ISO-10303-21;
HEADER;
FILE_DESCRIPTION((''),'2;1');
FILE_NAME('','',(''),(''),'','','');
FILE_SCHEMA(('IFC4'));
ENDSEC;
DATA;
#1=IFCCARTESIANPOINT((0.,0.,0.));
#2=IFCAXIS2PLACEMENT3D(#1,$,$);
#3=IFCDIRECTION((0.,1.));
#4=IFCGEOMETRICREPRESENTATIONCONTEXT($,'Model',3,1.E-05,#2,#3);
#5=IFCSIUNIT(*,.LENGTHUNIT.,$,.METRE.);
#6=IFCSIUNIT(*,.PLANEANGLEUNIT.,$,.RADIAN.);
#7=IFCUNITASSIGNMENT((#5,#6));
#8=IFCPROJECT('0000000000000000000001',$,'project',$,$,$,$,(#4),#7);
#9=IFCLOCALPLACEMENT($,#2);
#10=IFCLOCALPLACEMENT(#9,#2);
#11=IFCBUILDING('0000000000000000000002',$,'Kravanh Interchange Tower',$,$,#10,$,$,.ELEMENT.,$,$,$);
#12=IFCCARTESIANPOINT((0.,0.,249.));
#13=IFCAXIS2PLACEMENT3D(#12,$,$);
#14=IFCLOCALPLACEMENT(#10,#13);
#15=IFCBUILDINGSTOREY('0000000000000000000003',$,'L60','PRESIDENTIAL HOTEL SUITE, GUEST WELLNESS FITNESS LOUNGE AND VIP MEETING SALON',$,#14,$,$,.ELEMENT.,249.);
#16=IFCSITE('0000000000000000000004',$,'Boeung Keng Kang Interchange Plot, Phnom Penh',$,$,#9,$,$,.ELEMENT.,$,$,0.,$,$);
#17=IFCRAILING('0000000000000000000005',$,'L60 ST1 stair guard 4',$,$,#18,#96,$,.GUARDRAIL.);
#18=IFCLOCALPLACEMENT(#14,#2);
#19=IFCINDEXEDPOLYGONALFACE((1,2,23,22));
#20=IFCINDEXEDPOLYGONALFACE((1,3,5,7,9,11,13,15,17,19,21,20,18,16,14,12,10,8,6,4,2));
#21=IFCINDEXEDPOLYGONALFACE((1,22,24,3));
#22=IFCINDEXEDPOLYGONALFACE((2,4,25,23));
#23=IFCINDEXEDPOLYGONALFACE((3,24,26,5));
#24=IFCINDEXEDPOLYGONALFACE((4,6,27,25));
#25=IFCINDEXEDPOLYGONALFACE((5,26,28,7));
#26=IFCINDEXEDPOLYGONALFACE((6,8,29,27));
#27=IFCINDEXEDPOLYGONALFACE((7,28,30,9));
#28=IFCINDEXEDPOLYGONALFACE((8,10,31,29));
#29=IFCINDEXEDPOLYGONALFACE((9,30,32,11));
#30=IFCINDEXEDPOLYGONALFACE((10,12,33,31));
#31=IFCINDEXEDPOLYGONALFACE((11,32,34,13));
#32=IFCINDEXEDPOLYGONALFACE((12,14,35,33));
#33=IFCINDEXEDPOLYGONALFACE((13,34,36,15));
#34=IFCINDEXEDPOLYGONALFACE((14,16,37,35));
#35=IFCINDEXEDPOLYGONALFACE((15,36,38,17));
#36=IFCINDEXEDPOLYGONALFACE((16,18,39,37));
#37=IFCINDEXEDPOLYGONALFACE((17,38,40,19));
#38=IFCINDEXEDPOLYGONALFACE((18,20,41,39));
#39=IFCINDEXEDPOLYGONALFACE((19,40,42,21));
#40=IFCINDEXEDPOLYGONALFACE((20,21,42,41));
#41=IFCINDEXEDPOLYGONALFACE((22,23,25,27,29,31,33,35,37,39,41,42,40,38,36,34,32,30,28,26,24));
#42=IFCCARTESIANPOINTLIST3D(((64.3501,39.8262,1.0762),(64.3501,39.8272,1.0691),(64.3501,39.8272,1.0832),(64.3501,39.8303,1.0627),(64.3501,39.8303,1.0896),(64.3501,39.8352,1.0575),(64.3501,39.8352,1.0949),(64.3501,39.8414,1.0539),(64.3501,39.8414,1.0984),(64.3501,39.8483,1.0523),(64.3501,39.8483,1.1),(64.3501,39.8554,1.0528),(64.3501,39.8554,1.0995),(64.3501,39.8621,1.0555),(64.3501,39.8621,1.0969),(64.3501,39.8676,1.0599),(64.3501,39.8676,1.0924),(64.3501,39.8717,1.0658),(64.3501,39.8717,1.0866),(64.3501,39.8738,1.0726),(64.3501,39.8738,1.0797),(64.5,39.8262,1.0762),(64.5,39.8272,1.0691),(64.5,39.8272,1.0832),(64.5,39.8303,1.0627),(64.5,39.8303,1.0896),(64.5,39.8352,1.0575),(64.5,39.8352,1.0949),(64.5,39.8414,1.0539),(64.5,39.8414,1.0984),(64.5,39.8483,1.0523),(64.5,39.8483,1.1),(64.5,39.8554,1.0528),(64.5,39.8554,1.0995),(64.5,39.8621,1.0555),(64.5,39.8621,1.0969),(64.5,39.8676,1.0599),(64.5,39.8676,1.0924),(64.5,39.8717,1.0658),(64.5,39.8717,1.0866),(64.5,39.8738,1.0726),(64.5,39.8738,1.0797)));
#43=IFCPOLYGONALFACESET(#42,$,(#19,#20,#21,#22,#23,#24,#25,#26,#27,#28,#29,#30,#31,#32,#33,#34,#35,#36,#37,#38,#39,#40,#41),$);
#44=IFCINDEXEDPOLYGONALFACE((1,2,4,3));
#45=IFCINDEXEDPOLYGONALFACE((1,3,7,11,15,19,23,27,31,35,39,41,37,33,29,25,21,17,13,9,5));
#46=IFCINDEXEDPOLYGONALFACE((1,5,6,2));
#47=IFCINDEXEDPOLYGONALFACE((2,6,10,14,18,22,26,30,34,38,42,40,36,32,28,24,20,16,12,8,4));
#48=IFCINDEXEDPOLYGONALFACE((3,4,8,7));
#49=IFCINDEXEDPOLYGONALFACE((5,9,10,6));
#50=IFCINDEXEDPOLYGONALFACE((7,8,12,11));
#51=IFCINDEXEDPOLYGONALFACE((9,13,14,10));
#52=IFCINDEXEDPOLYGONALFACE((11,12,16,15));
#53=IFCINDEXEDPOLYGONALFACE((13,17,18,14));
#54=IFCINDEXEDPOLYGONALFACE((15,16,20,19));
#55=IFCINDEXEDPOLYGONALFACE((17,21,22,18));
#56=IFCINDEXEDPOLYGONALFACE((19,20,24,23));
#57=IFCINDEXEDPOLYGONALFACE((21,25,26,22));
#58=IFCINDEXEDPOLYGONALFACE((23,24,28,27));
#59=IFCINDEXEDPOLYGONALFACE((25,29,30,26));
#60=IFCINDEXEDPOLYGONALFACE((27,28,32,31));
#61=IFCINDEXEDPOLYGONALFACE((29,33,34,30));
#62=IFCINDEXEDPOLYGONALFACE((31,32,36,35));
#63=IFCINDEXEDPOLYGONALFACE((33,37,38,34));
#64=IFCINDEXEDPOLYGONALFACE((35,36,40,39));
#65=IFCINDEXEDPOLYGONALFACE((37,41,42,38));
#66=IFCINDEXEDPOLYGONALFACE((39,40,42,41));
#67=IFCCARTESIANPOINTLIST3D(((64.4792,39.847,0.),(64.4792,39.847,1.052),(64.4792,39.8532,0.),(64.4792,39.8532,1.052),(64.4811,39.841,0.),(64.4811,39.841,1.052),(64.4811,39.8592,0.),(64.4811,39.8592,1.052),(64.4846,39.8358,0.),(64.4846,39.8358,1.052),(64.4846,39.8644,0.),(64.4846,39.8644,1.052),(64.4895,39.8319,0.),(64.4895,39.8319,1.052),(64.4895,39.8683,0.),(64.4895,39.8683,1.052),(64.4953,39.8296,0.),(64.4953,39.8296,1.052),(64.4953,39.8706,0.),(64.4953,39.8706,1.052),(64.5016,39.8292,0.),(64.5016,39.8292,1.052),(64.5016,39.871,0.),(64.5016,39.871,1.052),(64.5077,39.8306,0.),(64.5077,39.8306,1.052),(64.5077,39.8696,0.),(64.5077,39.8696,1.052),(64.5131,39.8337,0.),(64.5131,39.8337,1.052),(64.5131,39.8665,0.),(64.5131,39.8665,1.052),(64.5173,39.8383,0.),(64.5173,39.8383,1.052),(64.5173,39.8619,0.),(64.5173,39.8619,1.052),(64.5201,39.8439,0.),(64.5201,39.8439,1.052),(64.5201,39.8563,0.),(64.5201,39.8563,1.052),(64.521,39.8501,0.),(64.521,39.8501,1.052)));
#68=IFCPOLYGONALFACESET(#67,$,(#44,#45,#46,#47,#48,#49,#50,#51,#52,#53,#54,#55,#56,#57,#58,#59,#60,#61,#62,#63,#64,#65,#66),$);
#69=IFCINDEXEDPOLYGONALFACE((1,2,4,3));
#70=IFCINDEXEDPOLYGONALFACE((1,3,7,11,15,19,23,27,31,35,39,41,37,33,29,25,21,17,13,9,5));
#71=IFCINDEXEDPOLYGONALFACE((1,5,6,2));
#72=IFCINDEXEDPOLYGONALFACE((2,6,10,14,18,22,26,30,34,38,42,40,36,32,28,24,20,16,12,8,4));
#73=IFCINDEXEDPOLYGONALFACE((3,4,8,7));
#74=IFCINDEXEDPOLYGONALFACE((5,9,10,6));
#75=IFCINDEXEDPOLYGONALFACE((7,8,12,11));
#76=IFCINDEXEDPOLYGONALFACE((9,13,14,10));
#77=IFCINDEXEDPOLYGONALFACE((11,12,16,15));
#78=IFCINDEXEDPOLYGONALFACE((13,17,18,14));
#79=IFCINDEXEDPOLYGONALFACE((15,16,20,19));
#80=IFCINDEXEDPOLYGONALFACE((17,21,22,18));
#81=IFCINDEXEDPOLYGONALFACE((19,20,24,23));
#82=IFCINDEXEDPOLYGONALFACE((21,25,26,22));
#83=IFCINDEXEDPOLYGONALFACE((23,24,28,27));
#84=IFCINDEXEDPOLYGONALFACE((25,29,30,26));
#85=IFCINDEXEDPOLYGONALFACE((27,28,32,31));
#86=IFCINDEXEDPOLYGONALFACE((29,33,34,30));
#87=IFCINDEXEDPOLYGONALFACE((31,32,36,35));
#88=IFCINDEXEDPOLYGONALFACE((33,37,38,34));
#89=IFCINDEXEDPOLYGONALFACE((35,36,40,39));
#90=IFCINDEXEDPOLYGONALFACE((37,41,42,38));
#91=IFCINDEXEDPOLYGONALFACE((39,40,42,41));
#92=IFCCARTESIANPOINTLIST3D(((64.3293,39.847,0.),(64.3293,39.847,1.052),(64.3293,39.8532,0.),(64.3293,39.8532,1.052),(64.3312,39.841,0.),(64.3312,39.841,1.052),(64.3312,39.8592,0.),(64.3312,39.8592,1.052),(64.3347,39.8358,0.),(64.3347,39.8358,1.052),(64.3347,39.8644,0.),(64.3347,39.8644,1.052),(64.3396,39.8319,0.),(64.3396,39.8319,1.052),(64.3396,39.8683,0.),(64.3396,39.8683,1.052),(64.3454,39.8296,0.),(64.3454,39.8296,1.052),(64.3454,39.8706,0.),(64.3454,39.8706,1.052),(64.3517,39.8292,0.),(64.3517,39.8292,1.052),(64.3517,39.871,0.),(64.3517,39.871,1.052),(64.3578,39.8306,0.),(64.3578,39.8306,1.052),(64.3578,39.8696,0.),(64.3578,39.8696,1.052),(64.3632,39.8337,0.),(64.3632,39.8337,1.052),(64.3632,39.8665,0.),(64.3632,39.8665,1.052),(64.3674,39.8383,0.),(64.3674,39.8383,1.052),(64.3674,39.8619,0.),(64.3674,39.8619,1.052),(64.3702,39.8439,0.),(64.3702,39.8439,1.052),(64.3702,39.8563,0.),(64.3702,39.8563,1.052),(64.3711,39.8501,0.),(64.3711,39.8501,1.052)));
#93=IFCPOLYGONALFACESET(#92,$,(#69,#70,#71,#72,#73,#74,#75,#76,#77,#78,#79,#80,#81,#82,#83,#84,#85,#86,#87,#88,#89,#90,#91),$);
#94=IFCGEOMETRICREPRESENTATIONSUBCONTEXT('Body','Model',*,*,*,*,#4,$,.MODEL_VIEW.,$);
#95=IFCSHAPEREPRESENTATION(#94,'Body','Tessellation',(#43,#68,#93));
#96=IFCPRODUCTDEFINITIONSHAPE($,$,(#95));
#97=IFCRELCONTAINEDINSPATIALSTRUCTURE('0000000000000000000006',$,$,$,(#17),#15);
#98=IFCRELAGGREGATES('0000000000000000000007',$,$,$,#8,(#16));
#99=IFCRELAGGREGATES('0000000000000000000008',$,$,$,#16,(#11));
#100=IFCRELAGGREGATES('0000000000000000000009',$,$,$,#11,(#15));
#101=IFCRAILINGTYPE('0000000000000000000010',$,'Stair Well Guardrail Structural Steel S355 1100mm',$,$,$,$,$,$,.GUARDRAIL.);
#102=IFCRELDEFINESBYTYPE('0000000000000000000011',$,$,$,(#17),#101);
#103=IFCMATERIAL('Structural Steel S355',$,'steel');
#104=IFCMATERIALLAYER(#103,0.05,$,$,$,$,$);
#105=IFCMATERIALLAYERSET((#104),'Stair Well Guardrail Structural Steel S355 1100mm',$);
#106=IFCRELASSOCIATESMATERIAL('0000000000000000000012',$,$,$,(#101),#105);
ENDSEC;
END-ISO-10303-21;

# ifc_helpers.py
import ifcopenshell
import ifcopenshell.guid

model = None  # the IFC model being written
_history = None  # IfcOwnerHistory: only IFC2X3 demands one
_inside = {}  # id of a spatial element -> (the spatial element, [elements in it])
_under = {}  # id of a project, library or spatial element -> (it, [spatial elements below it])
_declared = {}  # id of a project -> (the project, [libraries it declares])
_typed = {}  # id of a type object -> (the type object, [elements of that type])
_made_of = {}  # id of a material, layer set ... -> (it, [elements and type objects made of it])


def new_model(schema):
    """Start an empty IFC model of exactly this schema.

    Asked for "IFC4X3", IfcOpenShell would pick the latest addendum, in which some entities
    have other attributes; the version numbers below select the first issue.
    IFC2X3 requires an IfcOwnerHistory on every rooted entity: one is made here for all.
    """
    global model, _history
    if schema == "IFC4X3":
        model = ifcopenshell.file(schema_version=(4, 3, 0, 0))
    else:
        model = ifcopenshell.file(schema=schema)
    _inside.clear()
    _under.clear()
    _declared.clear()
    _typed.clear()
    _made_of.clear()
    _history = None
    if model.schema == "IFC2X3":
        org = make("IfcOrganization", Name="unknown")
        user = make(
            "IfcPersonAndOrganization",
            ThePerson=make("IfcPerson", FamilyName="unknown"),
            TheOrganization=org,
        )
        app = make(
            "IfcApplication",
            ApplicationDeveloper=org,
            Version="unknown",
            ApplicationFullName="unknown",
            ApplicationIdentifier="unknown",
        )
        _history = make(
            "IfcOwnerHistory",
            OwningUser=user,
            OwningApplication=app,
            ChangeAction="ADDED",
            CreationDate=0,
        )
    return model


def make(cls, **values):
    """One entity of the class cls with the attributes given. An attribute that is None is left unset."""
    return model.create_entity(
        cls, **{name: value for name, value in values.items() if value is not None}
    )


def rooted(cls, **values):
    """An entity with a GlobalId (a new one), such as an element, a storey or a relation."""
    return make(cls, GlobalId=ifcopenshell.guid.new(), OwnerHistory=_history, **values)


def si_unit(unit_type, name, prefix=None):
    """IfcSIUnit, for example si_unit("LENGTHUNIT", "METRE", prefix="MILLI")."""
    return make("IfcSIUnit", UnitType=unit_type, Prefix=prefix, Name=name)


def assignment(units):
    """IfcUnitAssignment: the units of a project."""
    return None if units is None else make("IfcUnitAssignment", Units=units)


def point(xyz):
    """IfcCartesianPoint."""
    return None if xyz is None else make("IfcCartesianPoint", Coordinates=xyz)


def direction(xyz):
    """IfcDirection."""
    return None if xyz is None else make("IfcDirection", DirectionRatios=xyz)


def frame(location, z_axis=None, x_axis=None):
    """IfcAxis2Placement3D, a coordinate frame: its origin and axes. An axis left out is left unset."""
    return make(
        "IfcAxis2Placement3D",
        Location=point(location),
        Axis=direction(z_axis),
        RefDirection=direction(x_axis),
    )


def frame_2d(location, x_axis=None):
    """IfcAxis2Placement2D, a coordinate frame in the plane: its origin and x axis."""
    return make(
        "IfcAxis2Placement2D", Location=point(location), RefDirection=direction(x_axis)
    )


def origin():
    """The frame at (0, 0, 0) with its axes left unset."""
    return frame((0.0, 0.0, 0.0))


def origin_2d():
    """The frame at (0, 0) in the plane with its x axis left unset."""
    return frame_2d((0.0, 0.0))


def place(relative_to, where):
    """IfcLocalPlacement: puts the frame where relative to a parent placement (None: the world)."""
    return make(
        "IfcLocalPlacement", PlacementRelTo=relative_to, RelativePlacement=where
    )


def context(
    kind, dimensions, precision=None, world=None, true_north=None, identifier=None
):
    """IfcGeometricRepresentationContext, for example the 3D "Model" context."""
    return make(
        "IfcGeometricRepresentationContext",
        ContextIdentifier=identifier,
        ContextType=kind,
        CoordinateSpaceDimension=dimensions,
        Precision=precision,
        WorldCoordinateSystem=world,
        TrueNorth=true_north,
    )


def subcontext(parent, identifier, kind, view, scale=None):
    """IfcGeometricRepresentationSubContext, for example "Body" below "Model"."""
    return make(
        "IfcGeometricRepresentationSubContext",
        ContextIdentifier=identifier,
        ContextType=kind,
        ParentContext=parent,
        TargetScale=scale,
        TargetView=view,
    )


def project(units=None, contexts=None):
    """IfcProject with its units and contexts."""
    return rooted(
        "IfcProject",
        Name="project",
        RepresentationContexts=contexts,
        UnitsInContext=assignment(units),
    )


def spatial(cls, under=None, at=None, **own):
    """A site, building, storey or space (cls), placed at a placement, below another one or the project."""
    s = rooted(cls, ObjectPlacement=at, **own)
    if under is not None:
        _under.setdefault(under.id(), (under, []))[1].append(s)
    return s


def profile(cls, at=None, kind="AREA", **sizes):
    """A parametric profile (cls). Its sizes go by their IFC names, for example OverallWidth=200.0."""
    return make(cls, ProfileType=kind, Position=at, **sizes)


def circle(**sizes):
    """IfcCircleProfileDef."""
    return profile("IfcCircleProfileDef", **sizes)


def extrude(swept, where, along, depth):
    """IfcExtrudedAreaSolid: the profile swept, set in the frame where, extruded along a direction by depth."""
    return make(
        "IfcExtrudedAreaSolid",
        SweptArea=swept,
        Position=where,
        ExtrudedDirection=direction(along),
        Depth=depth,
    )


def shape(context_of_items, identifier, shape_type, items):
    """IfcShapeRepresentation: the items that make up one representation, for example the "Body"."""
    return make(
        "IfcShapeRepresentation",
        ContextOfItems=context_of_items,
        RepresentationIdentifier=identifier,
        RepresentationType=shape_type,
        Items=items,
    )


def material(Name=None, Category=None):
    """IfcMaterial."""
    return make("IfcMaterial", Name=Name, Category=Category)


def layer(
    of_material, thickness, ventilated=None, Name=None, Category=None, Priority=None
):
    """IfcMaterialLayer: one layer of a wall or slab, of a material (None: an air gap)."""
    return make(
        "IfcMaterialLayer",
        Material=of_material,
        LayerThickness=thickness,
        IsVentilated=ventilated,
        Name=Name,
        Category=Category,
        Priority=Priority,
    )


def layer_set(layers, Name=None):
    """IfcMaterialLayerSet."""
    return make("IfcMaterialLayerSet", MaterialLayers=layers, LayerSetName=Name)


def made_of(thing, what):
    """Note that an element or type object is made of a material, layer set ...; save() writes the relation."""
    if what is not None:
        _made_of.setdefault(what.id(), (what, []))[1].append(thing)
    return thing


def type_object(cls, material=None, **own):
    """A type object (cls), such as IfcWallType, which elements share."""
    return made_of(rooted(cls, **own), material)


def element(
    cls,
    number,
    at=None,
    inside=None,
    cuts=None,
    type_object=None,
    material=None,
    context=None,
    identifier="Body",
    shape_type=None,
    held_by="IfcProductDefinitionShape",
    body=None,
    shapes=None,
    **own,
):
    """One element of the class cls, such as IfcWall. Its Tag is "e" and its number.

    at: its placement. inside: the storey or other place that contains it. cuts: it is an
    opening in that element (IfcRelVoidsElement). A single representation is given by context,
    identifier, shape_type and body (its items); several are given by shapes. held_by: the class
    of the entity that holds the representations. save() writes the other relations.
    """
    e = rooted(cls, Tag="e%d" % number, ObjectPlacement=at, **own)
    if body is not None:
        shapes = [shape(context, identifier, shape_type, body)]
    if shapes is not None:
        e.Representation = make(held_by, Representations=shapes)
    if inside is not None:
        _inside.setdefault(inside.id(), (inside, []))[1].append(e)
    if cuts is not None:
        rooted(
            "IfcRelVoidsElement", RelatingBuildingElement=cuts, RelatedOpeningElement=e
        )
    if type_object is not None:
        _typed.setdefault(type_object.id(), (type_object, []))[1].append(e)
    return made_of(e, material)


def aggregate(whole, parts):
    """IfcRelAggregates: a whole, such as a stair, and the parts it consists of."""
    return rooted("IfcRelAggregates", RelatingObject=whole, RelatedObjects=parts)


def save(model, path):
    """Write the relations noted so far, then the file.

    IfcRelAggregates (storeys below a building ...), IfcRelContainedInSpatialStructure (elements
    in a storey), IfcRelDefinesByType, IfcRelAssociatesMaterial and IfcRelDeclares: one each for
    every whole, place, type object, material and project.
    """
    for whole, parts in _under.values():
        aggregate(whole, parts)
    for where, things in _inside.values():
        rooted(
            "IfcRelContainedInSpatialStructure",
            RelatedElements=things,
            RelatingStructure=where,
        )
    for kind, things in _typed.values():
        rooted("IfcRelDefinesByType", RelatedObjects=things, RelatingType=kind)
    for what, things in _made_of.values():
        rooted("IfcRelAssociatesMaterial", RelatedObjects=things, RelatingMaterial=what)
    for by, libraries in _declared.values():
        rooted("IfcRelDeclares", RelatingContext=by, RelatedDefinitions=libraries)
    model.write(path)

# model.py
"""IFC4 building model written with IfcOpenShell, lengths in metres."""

from ifc_helpers import new_model, si_unit, direction, frame, origin, origin_2d, place, context, subcontext, project, spatial, circle, extrude, material, layer, layer_set, type_object, element, save


model = new_model("IFC4")

# Units and contexts
model_context = context("Model", 3, precision=1e-05, world=origin(), true_north=direction((0.0, 1.0)))
body_context = subcontext(model_context, "Body", "Model", "MODEL_VIEW")
ifc_project = project(units=[si_unit("LENGTHUNIT", "METRE"), si_unit("PLANEANGLEUNIT", "RADIAN")], contexts=[model_context])

# Site, building, storey
site_placement = place(None, origin())
site = spatial("IfcSite", under=ifc_project, at=site_placement, Name="Boeung Keng Kang Interchange Plot, Phnom Penh", CompositionType="ELEMENT", RefElevation=0.0)
building_placement = place(site_placement, origin())
building = spatial("IfcBuilding", under=site, at=building_placement, Name="Kravanh Interchange Tower", CompositionType="ELEMENT")
storey_placement = place(building_placement, frame((0.0, 0.0, 249.0)))
storey = spatial("IfcBuildingStorey", under=building, at=storey_placement, Name="L60", Description="PRESIDENTIAL HOTEL SUITE, GUEST WELLNESS FITNESS LOUNGE AND VIP MEETING SALON", CompositionType="ELEMENT", Elevation=249.0)

# Railing
ifc_material_1 = material(Name="Structural Steel S355", Category="steel")
ifc_layer_1 = layer(ifc_material_1, 0.05)
ifc_layer_set_1 = layer_set([ifc_layer_1], Name="Stair Well Guardrail Structural Steel S355 1100mm")
railing_type_1 = type_object("IfcRailingType", Name="Stair Well Guardrail Structural Steel S355 1100mm", PredefinedType="GUARDRAIL", material=ifc_layer_set_1)
railing_1_placement = place(storey_placement, frame((64.5, 39.8501, 0.0)))
element("IfcRailing", 1, at=railing_1_placement, inside=storey, type_object=railing_type_1, Name="L60 ST1 stair guard 4", PredefinedType="GUARDRAIL", context=body_context, shape_type="SweptSolid", body=[
    extrude(circle(Radius=0.0239, at=origin_2d()), frame((0.0, 0.0, 1.0762), z_axis=(-1.0, 0.0, 0.0), x_axis=(0.0, -1.0, 0.0)), (0.0, 0.0, 1.0), 0.1499),
    extrude(circle(Radius=0.021, at=origin_2d()), origin(), (0.0, 0.0, 1.0), 1.052),
    extrude(circle(Radius=0.021, at=origin_2d()), frame((-0.1499, 0.0, 0.0)), (0.0, 0.0, 1.0), 1.052),
])

save(model, "model.ifc")
